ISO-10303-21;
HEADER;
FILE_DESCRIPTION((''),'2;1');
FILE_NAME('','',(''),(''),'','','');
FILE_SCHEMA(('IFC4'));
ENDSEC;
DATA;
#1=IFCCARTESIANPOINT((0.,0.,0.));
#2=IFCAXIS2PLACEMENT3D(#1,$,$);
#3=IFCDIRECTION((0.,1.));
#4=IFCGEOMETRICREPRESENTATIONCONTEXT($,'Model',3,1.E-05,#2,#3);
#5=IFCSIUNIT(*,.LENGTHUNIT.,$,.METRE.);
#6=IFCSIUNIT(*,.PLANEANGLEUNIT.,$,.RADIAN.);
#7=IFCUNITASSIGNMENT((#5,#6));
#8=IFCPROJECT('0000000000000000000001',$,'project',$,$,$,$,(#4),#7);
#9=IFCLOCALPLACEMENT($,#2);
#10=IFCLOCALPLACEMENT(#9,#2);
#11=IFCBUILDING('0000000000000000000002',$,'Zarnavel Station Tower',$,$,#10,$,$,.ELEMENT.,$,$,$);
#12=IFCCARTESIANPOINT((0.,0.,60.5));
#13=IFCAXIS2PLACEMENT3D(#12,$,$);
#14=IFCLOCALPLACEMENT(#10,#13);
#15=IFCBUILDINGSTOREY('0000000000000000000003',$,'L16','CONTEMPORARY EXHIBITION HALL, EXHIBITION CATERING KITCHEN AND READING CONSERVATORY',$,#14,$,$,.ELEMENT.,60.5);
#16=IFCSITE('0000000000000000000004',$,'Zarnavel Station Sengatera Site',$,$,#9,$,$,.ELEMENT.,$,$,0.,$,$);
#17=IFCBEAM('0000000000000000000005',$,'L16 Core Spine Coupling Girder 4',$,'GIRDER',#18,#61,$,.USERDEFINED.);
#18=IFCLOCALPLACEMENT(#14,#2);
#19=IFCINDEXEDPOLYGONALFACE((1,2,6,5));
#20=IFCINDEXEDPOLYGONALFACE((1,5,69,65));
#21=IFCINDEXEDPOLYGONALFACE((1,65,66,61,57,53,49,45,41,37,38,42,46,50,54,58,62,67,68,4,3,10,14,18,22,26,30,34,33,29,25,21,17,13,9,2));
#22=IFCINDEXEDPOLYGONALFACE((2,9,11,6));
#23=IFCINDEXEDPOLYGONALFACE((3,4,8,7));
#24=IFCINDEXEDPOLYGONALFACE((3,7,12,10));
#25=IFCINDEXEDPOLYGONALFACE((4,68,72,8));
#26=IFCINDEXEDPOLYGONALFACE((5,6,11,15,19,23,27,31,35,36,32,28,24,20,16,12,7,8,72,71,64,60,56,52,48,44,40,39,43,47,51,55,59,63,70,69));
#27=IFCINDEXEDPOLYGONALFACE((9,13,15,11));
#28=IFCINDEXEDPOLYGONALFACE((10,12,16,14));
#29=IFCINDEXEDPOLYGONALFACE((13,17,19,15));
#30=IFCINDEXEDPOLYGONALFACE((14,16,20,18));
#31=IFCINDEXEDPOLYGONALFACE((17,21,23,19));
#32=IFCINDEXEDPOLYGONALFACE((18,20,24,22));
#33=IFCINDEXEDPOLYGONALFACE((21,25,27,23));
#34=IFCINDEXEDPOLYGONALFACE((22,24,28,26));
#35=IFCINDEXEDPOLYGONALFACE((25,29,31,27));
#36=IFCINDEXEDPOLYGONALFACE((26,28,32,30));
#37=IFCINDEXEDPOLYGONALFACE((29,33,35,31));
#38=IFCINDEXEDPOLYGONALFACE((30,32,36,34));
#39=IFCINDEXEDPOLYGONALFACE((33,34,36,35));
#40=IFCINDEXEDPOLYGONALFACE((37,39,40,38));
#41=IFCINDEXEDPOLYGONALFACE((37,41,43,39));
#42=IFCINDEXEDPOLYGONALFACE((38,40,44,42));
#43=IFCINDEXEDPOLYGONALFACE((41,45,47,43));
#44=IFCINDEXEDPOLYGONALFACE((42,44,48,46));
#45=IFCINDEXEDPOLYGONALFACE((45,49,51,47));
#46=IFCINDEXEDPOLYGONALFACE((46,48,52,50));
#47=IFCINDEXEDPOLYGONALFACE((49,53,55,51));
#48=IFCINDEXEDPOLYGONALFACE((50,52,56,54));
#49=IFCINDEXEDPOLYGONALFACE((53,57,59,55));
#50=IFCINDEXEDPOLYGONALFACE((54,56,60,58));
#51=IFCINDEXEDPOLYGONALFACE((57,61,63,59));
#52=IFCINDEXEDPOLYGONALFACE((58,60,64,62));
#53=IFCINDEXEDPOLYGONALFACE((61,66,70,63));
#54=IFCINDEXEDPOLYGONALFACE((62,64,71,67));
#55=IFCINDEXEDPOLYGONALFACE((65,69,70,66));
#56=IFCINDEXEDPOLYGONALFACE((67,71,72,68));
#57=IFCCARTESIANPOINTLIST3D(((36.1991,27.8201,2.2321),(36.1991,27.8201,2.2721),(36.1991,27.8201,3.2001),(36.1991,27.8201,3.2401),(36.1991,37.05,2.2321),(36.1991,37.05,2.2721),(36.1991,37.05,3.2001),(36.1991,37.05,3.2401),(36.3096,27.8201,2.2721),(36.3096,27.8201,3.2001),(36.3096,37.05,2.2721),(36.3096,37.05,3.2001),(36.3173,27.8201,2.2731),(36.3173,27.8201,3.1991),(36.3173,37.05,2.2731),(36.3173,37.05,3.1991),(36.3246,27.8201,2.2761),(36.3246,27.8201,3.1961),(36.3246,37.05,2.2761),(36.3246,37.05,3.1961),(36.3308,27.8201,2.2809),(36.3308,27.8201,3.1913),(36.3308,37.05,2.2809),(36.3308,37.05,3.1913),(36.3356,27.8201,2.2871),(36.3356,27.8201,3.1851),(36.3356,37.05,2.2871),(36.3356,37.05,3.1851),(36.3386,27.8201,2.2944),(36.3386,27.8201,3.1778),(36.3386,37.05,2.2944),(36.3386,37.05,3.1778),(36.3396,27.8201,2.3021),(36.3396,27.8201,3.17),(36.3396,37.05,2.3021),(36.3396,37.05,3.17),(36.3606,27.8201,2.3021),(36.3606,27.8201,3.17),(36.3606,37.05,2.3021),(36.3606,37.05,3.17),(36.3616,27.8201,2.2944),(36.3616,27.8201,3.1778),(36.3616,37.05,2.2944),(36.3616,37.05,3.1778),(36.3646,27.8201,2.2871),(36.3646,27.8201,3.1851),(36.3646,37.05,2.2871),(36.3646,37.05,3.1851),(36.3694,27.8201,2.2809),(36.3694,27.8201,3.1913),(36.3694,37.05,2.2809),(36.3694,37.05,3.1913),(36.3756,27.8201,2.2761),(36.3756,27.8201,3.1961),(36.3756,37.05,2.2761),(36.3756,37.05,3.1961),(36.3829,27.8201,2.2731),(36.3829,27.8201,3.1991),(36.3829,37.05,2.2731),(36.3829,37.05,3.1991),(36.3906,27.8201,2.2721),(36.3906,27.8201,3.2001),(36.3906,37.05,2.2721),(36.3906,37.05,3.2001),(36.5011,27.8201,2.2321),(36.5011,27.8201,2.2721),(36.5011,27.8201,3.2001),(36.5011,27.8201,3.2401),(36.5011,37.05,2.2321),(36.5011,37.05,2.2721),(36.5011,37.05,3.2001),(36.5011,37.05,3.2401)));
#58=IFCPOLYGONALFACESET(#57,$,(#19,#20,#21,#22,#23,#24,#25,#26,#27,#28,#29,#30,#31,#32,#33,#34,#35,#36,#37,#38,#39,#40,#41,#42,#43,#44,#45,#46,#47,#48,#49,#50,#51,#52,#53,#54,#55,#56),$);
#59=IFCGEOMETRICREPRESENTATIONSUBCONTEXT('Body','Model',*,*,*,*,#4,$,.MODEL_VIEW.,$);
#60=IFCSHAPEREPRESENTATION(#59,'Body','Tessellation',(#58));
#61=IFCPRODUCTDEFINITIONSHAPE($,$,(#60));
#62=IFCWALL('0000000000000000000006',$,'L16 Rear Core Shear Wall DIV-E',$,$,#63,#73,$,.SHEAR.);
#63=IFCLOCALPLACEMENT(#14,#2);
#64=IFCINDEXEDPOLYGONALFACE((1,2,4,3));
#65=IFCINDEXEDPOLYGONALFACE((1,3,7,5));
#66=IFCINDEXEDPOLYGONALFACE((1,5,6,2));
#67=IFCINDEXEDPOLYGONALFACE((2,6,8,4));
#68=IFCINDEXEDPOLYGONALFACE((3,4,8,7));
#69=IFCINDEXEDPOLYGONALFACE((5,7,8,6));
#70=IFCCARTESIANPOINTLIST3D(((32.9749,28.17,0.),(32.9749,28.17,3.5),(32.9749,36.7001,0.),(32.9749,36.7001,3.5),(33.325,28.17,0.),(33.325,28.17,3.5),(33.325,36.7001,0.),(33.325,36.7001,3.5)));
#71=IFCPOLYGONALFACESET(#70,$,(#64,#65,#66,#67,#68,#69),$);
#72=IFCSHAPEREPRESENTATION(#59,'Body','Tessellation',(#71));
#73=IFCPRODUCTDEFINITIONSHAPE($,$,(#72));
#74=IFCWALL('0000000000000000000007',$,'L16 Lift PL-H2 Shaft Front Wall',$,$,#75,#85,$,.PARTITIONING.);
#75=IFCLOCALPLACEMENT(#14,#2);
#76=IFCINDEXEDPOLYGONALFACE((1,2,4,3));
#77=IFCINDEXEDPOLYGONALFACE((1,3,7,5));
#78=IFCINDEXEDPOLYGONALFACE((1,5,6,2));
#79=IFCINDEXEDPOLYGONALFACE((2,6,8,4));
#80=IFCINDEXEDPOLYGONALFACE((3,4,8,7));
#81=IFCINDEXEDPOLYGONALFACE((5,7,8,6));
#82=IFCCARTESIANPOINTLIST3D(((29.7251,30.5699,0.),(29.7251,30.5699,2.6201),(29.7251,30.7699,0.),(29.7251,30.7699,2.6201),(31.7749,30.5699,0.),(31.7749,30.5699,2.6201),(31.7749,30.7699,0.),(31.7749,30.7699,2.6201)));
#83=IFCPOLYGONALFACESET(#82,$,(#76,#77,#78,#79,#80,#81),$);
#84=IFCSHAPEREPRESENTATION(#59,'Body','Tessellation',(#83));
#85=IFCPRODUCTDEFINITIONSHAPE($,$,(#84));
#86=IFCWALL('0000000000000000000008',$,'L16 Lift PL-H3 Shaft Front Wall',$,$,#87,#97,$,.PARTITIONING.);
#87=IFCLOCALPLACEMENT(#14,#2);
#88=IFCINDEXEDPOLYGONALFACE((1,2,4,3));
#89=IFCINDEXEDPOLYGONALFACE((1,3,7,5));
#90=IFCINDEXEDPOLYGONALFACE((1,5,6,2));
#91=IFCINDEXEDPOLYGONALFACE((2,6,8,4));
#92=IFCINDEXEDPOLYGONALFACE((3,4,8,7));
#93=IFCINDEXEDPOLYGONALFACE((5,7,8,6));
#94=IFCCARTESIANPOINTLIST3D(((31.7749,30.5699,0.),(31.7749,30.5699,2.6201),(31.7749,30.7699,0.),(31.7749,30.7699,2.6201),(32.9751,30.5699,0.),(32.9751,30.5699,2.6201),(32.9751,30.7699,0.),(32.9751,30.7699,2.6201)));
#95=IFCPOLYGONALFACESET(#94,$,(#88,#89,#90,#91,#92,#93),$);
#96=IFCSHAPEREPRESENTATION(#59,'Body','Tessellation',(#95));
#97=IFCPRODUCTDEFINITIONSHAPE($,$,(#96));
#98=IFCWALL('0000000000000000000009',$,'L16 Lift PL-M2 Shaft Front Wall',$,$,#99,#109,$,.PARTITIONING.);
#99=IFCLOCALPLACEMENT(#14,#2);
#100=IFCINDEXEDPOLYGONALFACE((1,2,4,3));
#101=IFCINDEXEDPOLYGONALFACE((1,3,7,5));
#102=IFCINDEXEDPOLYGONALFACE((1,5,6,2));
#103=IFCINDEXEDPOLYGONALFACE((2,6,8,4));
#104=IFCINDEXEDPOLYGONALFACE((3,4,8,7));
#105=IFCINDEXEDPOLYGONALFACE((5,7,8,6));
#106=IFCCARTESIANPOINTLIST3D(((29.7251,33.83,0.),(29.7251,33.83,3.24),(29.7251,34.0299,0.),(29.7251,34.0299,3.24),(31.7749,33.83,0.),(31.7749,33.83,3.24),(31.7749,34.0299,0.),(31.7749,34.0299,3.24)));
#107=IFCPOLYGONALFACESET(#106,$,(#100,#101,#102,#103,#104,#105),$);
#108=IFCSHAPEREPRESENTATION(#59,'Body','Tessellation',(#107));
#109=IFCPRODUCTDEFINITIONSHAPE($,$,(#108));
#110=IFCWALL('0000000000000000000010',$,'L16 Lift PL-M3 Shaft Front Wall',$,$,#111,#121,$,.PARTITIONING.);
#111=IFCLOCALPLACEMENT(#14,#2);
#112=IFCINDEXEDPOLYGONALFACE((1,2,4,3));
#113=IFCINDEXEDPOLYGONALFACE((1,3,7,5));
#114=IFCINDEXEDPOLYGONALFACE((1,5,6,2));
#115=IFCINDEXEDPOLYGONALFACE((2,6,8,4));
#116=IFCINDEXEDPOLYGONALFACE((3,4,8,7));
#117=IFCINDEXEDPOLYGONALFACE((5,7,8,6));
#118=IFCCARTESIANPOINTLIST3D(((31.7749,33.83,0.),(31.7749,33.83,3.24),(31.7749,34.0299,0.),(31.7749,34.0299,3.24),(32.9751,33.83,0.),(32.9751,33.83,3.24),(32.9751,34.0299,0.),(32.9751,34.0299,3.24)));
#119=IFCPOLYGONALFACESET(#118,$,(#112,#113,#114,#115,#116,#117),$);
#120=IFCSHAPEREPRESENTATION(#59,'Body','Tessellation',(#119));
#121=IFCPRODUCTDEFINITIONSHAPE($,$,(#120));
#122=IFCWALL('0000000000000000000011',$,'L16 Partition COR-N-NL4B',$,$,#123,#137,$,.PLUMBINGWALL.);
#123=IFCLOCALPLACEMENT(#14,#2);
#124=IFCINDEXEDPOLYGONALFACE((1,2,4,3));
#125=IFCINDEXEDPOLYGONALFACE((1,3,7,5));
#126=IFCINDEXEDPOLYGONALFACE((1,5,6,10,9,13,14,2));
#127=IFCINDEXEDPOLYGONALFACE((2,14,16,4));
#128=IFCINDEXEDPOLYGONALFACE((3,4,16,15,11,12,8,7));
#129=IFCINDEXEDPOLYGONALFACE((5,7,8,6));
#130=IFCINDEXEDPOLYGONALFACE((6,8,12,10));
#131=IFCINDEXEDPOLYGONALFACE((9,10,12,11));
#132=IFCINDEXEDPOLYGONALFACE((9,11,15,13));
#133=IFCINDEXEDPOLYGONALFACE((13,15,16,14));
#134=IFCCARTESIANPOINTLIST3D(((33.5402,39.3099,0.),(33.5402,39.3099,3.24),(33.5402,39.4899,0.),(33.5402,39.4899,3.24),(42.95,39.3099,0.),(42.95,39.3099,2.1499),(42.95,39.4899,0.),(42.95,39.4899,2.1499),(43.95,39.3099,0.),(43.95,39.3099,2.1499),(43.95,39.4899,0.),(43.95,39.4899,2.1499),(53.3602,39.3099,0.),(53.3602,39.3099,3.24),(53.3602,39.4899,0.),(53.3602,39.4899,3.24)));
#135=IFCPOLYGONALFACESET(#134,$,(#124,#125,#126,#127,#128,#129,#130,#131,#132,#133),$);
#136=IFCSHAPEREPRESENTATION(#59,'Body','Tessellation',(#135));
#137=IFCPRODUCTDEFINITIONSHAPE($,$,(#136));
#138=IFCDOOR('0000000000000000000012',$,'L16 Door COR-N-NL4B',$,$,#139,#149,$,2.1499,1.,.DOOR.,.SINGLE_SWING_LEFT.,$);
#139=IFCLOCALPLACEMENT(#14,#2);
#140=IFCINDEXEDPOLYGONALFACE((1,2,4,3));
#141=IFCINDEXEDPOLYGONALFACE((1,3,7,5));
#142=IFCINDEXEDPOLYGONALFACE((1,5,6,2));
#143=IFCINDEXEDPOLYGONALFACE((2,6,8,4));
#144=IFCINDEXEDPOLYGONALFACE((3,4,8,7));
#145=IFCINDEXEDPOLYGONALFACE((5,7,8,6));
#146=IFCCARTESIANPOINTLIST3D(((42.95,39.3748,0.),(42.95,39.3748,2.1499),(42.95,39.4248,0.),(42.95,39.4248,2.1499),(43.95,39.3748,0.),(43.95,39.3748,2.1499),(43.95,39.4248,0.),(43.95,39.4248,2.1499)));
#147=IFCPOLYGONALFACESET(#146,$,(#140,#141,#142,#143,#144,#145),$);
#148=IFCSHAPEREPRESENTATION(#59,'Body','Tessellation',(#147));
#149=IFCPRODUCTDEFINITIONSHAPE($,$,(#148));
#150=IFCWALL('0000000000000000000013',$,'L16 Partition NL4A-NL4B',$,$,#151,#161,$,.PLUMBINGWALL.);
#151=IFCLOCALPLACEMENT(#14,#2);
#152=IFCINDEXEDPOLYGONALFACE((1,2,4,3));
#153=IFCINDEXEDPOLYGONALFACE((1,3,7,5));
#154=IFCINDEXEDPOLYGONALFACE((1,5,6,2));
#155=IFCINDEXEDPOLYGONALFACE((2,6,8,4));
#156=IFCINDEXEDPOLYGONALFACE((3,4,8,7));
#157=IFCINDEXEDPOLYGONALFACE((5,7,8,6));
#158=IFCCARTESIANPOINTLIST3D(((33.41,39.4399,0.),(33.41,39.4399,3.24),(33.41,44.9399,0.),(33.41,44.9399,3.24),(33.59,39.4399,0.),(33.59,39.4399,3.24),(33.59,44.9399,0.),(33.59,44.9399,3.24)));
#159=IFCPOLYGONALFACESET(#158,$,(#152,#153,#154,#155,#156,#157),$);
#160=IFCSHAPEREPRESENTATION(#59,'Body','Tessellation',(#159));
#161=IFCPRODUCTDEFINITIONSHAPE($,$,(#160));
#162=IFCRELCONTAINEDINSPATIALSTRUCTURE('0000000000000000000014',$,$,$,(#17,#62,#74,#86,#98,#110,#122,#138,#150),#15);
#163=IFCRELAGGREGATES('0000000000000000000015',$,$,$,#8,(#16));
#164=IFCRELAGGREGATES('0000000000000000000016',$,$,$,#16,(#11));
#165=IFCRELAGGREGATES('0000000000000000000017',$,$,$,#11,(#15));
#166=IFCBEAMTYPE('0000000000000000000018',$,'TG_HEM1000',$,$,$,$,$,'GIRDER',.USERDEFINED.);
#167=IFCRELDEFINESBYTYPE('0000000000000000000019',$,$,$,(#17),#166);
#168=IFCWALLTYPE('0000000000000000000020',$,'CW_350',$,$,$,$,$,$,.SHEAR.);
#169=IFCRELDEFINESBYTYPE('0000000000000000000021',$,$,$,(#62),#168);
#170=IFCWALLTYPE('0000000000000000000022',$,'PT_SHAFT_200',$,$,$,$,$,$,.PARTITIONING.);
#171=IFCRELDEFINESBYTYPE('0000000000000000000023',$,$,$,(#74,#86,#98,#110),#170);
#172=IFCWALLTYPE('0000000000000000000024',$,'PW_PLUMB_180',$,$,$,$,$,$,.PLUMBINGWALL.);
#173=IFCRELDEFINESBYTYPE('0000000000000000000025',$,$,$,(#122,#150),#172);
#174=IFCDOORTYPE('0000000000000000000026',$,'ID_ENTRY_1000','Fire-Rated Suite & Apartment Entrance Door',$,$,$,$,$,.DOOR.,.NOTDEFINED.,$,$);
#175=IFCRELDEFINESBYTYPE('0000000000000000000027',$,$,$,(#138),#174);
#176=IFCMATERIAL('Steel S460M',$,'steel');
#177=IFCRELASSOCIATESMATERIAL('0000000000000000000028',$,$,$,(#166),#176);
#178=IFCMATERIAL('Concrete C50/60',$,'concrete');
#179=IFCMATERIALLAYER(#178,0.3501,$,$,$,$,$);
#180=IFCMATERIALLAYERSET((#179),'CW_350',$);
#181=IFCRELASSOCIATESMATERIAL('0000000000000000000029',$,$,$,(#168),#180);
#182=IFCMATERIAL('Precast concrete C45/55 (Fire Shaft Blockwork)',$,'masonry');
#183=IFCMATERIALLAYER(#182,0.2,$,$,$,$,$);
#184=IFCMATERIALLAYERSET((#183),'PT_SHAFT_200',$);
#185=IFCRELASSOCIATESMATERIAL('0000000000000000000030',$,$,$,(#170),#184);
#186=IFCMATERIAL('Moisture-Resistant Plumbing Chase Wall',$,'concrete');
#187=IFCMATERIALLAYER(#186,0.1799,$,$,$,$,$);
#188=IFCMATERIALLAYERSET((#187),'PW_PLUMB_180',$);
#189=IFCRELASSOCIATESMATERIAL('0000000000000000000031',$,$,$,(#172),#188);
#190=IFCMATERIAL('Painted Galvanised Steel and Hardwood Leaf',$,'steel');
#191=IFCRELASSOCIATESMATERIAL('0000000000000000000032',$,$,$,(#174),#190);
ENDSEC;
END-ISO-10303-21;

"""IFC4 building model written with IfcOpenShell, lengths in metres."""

from ifc_helpers import new_model, si_unit, direction, frame, frame_2d, origin, origin_2d, place, context, subcontext, project, spatial, rectangle, i_section, extrude, material, layer, layer_set, material_profile, profile_set, type_object, element, fill, save


model = new_model("IFC4")

# Units and contexts
model_context = context("Model", 3, precision=1e-05, world=origin(), true_north=direction((0.0, 1.0)))
body_context = subcontext(model_context, "Body", "Model", "MODEL_VIEW")
ifc_project = project(units=[si_unit("LENGTHUNIT", "METRE"), si_unit("PLANEANGLEUNIT", "RADIAN")], contexts=[model_context])

# Site, building, storey
site_placement = place(None, origin())
site = spatial("IfcSite", under=ifc_project, at=site_placement, Name="Zarnavel Station Sengatera Site", CompositionType="ELEMENT", RefElevation=0.0)
building_placement = place(site_placement, origin())
building = spatial("IfcBuilding", under=site, at=building_placement, Name="Zarnavel Station Tower", CompositionType="ELEMENT")
storey_placement = place(building_placement, frame((0.0, 0.0, 60.5)))
storey = spatial("IfcBuildingStorey", under=building, at=storey_placement, Name="L16", Description="CONTEMPORARY EXHIBITION HALL, EXHIBITION CATERING KITCHEN AND READING CONSERVATORY", CompositionType="ELEMENT", Elevation=60.5)

# Beam
ifc_material_1 = material(Name="Steel S460M", Category="steel")
ifc_material_profile_1 = material_profile(ifc_material_1, i_section(OverallWidth=0.302, OverallDepth=1.0081, WebThickness=0.021, FlangeThickness=0.04, FilletRadius=0.03, at=origin_2d()), Name="HEM1000")
ifc_profile_set_1 = profile_set([ifc_material_profile_1], Name="Steel S460M")
beam_type_1 = type_object("IfcBeamType", Name="TG_HEM1000", ElementType="GIRDER", PredefinedType="USERDEFINED", material=ifc_profile_set_1)
beam_1_placement = place(storey_placement, frame((36.3501, 27.8201, 2.7361), z_axis=(0.0, 1.0, 0.0), x_axis=(-1.0, 0.0, 0.0)))
element("IfcBeam", 1, at=beam_1_placement, inside=storey, type_object=beam_type_1, Name="L16 Core Spine Coupling Girder 4", ObjectType="GIRDER", PredefinedType="USERDEFINED", context=body_context, shape_type="SweptSolid", body=[
    extrude(i_section(OverallWidth=0.302, OverallDepth=1.0081, WebThickness=0.021, FlangeThickness=0.04, FilletRadius=0.03, at=origin_2d()), origin(), (0.0, 0.0, 1.0), 9.23),
])

# Wall
ifc_material_2 = material(Name="Concrete C50/60", Category="concrete")
ifc_layer_1 = layer(ifc_material_2, 0.3501)
ifc_layer_set_1 = layer_set([ifc_layer_1], Name="CW_350")
wall_type_1 = type_object("IfcWallType", Name="CW_350", PredefinedType="SHEAR", material=ifc_layer_set_1)
wall_1_placement = place(storey_placement, frame((33.1499, 28.1699, 0.0), z_axis=(0.0, 0.0, 1.0), x_axis=(0.0, 1.0, 0.0)))
element("IfcWall", 2, at=wall_1_placement, inside=storey, type_object=wall_type_1, Name="L16 Rear Core Shear Wall DIV-E", PredefinedType="SHEAR", context=body_context, shape_type="SweptSolid", body=[
    extrude(rectangle(XDim=8.53, YDim=0.3501, at=frame_2d((4.2651, 0.0))), origin(), (0.0, 0.0, 1.0), 3.5),
])

# Shared definitions
ifc_material_3 = material(Name="Precast concrete C45/55 (Fire Shaft Blockwork)", Category="masonry")
ifc_layer_2 = layer(ifc_material_3, 0.2)
ifc_layer_set_2 = layer_set([ifc_layer_2], Name="PT_SHAFT_200")
wall_type_2 = type_object("IfcWallType", Name="PT_SHAFT_200", PredefinedType="PARTITIONING", material=ifc_layer_set_2)

# Walls
wall_2_placement = place(storey_placement, frame((29.7251, 30.6699, 0.0), z_axis=(0.0, 0.0, 1.0), x_axis=(1.0, 0.0, 0.0)))
element("IfcWall", 3, at=wall_2_placement, inside=storey, type_object=wall_type_2, Name="L16 Lift PL-H2 Shaft Front Wall", PredefinedType="PARTITIONING", context=body_context, shape_type="SweptSolid", body=[
    extrude(rectangle(XDim=2.0498, YDim=0.2, at=frame_2d((1.0249, 0.0))), origin(), (0.0, 0.0, 1.0), 2.6201),
])
wall_3_placement = place(storey_placement, frame((31.7749, 30.6699, 0.0), z_axis=(0.0, 0.0, 1.0), x_axis=(1.0, 0.0, 0.0)))
element("IfcWall", 4, at=wall_3_placement, inside=storey, type_object=wall_type_2, Name="L16 Lift PL-H3 Shaft Front Wall", PredefinedType="PARTITIONING", context=body_context, shape_type="SweptSolid", body=[
    extrude(rectangle(XDim=1.2002, YDim=0.2, at=frame_2d((0.6001, 0.0))), origin(), (0.0, 0.0, 1.0), 2.6201),
])
wall_4_placement = place(storey_placement, frame((29.7251, 33.9299, 0.0), z_axis=(0.0, 0.0, 1.0), x_axis=(1.0, 0.0, 0.0)))
element("IfcWall", 5, at=wall_4_placement, inside=storey, type_object=wall_type_2, Name="L16 Lift PL-M2 Shaft Front Wall", PredefinedType="PARTITIONING", context=body_context, shape_type="SweptSolid", body=[
    extrude(rectangle(XDim=2.0498, YDim=0.2, at=frame_2d((1.0249, 0.0))), origin(), (0.0, 0.0, 1.0), 3.24),
])
wall_5_placement = place(storey_placement, frame((31.7749, 33.9299, 0.0), z_axis=(0.0, 0.0, 1.0), x_axis=(1.0, 0.0, 0.0)))
element("IfcWall", 6, at=wall_5_placement, inside=storey, type_object=wall_type_2, Name="L16 Lift PL-M3 Shaft Front Wall", PredefinedType="PARTITIONING", context=body_context, shape_type="SweptSolid", body=[
    extrude(rectangle(XDim=1.2002, YDim=0.2, at=frame_2d((0.6001, 0.0))), origin(), (0.0, 0.0, 1.0), 3.24),
])

# Wall, opening, door
ifc_material_4 = material(Name="Moisture-Resistant Plumbing Chase Wall", Category="concrete")
ifc_layer_3 = layer(ifc_material_4, 0.1799)
ifc_layer_set_3 = layer_set([ifc_layer_3], Name="PW_PLUMB_180")
wall_type_3 = type_object("IfcWallType", Name="PW_PLUMB_180", PredefinedType="PLUMBINGWALL", material=ifc_layer_set_3)
wall_6_placement = place(storey_placement, frame((33.54, 39.3999, 0.0), z_axis=(0.0, 0.0, 1.0), x_axis=(1.0, 0.0, 0.0)))
wall_6 = element("IfcWall", 7, at=wall_6_placement, inside=storey, type_object=wall_type_3, Name="L16 Partition COR-N-NL4B", PredefinedType="PLUMBINGWALL", context=body_context, shape_type="SweptSolid", body=[
    extrude(rectangle(XDim=19.8201, YDim=0.1799, at=frame_2d((9.9102, 0.0))), origin(), (0.0, 0.0, 1.0), 3.24),
])
opening_1_placement = place(wall_6_placement, frame((9.4099, 0.0, 0.0)))
opening_1 = element("IfcOpeningElement", 8, at=opening_1_placement, cuts=wall_6, PredefinedType="OPENING", context=body_context, shape_type="SweptSolid", body=[
    extrude(rectangle(XDim=1.0, YDim=2.1499, at=frame_2d((0.5, 1.075))), frame((0.0, 0.0999, 0.0), z_axis=(0.0, -1.0, 0.0), x_axis=(1.0, 0.0, 0.0)), (0.0, 0.0, 1.0), 0.2),
])
ifc_material_5 = material(Name="Painted Galvanised Steel and Hardwood Leaf", Category="steel")
door_type_1 = type_object("IfcDoorType", Name="ID_ENTRY_1000", Description="Fire-Rated Suite & Apartment Entrance Door", OperationType="NOTDEFINED", PredefinedType="DOOR", material=ifc_material_5)
door_1_placement = place(opening_1_placement, origin())
door_1 = element("IfcDoor", 9, at=door_1_placement, inside=storey, type_object=door_type_1, Name="L16 Door COR-N-NL4B", OperationType="SINGLE_SWING_LEFT", OverallHeight=2.1499, OverallWidth=1.0, PredefinedType="DOOR", context=body_context, shape_type="SweptSolid", body=[
    extrude(rectangle(XDim=1.0, YDim=2.1499, at=frame_2d((0.5, 1.075))), frame((0.0, 0.0249, 0.0), z_axis=(0.0, -1.0, 0.0), x_axis=(1.0, 0.0, 0.0)), (0.0, 0.0, 1.0), 0.05),
])
fill(opening_1, door_1)

# Wall
wall_7_placement = place(storey_placement, frame((33.5, 39.4399, 0.0), z_axis=(0.0, 0.0, 1.0), x_axis=(0.0, 1.0, 0.0)))
element("IfcWall", 10, at=wall_7_placement, inside=storey, type_object=wall_type_3, Name="L16 Partition NL4A-NL4B", PredefinedType="PLUMBINGWALL", context=body_context, shape_type="SweptSolid", body=[
    extrude(rectangle(XDim=5.5, YDim=0.1799, at=frame_2d((2.75, 0.0))), origin(), (0.0, 0.0, 1.0), 3.24),
])

save(model, "model.ifc")
